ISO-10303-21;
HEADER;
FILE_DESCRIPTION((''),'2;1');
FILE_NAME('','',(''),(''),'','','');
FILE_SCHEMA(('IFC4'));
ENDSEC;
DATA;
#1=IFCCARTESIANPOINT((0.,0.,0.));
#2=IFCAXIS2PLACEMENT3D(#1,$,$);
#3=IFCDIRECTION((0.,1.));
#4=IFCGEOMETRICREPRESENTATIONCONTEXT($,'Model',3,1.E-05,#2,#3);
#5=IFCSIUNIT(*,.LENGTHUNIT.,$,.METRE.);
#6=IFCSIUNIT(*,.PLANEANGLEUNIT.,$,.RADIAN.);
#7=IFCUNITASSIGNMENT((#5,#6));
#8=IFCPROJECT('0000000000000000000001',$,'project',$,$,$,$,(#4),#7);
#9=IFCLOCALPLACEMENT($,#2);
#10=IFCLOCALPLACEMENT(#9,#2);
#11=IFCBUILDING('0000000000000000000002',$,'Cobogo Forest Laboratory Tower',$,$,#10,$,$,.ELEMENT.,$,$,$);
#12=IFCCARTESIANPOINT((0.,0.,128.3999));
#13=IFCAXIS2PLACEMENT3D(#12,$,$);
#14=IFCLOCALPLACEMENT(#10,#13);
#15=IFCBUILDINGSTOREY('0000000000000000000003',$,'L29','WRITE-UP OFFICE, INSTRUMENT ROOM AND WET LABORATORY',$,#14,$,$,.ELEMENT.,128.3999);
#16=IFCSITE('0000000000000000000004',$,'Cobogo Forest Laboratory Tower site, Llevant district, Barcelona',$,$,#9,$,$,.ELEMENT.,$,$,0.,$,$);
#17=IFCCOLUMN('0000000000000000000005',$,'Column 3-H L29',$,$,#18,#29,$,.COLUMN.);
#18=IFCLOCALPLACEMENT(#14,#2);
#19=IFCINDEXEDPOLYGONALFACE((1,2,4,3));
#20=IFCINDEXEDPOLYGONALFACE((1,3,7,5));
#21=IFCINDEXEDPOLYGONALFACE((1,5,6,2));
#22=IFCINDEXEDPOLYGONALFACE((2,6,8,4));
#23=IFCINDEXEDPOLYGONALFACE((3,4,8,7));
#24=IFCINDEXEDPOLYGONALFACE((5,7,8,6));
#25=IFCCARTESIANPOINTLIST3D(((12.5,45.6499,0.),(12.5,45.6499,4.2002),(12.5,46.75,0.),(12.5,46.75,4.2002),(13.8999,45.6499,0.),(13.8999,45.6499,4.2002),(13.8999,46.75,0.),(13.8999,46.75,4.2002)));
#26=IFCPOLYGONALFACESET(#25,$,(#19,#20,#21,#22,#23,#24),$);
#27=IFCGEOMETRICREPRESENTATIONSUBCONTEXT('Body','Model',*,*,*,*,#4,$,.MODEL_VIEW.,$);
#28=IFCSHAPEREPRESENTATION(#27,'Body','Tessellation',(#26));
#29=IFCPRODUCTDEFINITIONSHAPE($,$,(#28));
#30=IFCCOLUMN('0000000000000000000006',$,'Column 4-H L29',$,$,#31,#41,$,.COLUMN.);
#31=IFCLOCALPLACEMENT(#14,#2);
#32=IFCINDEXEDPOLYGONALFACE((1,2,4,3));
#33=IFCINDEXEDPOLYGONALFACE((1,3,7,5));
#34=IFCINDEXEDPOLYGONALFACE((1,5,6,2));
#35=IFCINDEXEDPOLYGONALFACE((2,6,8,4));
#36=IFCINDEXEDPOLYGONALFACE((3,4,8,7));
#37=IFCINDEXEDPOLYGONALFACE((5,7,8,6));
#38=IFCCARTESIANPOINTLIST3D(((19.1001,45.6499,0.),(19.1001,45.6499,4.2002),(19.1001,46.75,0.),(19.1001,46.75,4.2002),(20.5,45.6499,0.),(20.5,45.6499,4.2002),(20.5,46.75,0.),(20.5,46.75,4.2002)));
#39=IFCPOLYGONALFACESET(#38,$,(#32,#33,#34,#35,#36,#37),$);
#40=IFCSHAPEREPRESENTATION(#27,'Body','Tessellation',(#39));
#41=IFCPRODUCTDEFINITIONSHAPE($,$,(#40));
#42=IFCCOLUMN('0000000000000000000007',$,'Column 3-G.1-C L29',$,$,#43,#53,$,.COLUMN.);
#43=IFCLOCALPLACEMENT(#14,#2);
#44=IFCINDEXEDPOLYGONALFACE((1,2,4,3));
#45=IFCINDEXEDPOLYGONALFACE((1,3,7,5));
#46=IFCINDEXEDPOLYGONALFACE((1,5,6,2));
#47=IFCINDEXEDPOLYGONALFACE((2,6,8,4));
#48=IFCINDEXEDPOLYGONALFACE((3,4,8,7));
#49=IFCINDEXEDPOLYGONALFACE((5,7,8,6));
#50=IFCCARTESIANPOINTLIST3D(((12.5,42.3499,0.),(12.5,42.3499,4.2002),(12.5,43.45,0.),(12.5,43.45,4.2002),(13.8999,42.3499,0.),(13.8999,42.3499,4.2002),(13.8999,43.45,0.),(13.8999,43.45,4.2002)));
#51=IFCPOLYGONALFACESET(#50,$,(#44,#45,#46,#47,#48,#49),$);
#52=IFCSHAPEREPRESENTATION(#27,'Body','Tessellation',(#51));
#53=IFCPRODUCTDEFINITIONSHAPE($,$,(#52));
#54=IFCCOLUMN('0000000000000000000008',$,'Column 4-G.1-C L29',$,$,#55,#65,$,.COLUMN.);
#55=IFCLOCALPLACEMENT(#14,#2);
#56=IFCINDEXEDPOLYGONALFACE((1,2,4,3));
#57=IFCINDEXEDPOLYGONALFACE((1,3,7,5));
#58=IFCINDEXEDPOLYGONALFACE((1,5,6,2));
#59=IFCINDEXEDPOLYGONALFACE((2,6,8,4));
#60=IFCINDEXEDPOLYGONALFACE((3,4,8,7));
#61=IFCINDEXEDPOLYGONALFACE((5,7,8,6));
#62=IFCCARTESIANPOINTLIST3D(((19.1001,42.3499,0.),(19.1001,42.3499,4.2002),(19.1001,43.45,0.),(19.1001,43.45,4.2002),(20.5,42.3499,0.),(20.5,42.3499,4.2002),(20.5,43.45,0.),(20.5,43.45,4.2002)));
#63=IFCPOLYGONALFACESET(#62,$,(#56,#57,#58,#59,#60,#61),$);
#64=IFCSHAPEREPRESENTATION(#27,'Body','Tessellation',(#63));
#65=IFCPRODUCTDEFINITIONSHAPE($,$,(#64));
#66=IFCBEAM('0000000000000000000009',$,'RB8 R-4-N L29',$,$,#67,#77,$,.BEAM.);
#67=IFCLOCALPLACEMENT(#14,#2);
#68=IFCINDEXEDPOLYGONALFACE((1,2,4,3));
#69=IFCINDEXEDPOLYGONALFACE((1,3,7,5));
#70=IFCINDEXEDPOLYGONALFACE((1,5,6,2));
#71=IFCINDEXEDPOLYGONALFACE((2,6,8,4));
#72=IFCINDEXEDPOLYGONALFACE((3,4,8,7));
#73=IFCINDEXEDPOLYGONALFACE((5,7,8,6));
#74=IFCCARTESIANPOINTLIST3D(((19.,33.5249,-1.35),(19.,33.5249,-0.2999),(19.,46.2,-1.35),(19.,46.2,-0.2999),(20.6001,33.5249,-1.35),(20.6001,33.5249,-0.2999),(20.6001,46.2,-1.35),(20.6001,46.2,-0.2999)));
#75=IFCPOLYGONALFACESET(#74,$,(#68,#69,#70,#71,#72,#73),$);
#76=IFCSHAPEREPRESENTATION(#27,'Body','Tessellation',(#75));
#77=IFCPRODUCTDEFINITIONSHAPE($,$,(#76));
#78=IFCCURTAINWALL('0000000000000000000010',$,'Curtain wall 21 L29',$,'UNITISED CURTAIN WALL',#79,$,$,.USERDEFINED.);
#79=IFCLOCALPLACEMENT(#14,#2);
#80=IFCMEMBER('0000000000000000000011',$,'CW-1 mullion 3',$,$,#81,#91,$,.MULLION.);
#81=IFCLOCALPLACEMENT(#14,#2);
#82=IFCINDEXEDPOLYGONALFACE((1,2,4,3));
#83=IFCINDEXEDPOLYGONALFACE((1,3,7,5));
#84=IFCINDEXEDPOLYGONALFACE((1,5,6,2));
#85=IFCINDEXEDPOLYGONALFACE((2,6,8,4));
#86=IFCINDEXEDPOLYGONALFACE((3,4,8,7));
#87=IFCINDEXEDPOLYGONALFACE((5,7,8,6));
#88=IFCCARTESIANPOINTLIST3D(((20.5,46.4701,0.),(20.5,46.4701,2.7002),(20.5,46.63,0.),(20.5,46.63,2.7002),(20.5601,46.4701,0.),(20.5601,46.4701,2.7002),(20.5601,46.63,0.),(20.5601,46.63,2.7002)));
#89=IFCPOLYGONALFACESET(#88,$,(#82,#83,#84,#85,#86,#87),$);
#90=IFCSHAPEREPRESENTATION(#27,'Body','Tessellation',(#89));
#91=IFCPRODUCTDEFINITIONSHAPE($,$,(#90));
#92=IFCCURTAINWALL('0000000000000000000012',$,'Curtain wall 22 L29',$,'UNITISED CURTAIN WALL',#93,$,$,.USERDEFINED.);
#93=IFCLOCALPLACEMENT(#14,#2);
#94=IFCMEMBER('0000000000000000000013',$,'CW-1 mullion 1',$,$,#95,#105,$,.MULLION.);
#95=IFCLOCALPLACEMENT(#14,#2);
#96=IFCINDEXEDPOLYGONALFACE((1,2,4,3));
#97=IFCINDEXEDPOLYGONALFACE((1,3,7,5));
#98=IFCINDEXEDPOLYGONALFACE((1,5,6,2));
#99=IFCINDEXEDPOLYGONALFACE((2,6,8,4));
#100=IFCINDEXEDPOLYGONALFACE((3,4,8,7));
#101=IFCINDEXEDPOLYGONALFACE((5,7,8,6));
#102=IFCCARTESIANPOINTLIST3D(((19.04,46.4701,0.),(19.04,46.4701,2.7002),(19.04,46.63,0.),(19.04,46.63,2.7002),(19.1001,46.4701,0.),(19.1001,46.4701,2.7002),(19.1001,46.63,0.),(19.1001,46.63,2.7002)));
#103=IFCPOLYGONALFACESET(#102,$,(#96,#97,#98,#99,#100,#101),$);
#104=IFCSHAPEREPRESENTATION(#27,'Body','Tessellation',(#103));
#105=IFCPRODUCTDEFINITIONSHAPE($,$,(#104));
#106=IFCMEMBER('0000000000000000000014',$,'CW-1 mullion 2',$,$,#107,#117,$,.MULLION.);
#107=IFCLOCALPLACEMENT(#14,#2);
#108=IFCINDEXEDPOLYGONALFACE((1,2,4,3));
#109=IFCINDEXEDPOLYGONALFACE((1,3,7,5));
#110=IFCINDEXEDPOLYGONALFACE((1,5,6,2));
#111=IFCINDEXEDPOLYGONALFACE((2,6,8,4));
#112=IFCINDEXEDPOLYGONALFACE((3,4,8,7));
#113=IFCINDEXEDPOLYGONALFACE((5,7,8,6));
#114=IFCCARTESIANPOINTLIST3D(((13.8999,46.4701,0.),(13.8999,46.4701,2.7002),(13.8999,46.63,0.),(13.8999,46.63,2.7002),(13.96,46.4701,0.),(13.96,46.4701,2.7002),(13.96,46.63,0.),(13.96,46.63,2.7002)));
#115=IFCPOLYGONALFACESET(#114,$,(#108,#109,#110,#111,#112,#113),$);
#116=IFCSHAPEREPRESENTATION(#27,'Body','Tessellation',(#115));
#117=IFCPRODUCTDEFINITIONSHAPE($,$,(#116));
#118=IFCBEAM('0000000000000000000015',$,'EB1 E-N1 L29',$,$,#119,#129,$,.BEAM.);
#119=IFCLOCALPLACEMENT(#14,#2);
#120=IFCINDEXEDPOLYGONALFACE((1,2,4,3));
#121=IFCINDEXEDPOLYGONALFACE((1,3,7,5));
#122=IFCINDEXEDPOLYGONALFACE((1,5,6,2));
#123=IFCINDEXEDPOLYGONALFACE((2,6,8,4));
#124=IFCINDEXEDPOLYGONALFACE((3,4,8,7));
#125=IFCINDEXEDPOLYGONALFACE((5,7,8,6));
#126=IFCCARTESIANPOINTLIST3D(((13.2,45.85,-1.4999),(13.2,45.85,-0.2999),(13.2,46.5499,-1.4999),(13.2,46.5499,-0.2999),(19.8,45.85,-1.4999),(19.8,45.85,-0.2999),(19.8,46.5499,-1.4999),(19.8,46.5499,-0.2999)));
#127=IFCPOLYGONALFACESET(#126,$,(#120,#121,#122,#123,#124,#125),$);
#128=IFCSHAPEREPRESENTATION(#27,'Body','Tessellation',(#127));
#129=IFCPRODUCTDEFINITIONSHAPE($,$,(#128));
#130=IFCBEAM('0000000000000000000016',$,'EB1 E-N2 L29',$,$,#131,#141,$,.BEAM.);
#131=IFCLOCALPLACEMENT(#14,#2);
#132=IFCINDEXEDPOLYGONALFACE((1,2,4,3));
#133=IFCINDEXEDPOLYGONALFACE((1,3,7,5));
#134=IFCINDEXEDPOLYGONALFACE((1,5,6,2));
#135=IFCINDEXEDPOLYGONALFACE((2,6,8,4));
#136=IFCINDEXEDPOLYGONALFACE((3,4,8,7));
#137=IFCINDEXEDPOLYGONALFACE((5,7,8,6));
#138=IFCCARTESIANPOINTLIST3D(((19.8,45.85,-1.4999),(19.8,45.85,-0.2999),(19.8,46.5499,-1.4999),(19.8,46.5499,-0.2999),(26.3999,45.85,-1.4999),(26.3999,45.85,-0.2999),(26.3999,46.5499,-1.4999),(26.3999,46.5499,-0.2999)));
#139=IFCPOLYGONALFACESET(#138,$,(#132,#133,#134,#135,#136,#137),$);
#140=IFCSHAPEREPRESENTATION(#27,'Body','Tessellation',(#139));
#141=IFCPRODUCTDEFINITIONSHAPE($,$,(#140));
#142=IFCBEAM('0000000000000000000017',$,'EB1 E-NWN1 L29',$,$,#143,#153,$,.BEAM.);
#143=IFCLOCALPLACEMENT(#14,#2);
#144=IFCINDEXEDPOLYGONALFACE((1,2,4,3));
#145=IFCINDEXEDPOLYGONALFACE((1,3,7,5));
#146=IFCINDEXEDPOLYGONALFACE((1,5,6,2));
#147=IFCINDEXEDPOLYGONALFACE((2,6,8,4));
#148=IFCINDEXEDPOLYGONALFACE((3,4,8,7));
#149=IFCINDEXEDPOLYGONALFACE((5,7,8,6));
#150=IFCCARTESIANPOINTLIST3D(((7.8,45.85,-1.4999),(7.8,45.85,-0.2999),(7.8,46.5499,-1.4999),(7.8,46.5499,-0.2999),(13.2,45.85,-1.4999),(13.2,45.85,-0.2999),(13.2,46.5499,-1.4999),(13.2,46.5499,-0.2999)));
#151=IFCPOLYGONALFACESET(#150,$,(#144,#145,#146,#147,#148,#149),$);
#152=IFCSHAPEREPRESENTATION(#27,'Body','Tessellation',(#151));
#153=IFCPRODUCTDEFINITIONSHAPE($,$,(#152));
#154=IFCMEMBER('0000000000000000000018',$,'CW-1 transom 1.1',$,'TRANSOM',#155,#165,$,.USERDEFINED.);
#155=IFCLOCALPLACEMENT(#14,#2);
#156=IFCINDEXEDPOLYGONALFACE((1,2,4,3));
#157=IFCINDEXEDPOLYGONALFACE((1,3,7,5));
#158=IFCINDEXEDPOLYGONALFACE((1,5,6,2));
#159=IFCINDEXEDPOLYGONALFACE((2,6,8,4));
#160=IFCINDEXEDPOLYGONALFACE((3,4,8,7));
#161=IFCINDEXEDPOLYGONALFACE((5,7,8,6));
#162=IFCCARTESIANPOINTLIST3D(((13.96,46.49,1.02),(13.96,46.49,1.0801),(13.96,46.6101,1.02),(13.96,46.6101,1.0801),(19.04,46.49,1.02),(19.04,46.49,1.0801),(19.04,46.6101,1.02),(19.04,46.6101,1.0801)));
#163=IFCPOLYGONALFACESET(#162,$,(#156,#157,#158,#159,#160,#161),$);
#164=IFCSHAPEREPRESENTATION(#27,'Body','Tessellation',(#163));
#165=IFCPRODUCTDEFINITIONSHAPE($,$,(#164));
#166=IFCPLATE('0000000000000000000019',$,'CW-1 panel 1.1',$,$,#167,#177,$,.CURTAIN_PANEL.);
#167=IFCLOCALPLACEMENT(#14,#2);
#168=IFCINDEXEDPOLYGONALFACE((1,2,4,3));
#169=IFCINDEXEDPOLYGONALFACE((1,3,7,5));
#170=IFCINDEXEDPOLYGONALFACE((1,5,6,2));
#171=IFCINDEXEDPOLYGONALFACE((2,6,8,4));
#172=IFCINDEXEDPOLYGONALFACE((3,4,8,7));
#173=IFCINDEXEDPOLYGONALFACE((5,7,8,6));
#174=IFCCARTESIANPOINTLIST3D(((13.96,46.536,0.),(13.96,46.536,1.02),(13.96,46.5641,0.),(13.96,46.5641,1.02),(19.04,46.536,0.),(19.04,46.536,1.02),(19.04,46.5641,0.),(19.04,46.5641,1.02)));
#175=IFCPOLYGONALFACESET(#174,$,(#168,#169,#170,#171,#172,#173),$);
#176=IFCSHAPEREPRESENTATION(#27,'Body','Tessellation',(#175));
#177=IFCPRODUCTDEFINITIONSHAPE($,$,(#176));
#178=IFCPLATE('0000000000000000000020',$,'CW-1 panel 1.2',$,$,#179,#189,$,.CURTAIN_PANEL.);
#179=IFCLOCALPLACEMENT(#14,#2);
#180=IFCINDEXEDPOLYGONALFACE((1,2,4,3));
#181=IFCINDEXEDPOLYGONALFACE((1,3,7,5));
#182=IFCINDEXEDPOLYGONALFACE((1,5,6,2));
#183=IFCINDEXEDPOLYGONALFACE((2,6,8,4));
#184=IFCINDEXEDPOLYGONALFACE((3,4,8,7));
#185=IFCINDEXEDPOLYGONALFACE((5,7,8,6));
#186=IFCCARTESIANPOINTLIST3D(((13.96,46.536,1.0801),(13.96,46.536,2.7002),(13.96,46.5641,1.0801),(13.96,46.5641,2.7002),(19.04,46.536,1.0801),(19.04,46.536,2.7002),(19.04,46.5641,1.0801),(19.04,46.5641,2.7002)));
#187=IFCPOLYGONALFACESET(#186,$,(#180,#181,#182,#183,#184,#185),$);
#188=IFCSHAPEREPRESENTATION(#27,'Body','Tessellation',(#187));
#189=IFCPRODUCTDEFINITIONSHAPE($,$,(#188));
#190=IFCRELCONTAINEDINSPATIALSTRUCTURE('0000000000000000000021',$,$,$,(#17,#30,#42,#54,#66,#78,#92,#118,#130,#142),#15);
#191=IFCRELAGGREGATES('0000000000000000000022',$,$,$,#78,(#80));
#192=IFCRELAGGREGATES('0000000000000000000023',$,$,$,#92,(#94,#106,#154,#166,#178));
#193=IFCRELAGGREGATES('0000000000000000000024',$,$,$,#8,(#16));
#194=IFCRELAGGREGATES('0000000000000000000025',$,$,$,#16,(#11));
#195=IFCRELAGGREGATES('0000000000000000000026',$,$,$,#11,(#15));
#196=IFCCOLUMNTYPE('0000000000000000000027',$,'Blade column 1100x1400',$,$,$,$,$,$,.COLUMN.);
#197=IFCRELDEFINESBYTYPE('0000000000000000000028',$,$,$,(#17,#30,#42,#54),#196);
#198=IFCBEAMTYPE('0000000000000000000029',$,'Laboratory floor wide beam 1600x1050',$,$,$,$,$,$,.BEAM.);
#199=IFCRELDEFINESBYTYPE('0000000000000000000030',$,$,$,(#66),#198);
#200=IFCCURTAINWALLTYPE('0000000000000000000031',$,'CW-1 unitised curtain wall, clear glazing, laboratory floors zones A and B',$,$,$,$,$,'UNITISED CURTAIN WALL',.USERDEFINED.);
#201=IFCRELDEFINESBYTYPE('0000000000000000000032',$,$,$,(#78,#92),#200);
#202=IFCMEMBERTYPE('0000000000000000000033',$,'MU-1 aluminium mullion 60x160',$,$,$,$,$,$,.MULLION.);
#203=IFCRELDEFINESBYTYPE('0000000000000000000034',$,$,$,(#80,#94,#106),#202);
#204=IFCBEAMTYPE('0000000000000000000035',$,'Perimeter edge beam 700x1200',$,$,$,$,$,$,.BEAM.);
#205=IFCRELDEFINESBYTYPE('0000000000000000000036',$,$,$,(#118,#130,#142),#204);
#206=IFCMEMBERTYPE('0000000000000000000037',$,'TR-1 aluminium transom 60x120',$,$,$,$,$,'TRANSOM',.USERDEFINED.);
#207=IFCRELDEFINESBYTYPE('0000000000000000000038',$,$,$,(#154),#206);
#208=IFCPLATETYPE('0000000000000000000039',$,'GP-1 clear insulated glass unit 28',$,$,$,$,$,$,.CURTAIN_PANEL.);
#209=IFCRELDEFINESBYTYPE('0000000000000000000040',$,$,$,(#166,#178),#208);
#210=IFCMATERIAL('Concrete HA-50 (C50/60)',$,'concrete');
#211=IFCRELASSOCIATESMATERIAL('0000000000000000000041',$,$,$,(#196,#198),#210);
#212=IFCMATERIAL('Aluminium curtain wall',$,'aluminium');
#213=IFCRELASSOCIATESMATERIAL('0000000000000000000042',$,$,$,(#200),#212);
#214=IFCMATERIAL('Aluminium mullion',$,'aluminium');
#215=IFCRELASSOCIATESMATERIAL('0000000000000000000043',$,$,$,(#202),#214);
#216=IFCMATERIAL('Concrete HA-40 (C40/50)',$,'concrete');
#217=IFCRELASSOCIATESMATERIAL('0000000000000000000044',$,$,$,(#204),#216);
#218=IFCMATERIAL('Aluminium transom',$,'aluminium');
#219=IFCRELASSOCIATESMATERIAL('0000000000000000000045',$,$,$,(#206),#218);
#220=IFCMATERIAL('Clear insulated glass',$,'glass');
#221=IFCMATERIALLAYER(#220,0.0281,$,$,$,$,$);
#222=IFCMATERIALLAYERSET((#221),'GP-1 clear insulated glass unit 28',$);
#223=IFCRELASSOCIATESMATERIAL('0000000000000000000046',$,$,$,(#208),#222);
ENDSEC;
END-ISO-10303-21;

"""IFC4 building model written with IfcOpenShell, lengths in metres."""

from ifc_helpers import new_model, si_unit, direction, frame, origin, origin_2d, place, context, subcontext, project, spatial, rectangle, extrude, material, layer, layer_set, material_profile, profile_set, type_object, element, aggregate, save


model = new_model("IFC4")

# Units and contexts
model_context = context("Model", 3, precision=1e-05, world=origin(), true_north=direction((0.0, 1.0)))
body_context = subcontext(model_context, "Body", "Model", "MODEL_VIEW")
ifc_project = project(units=[si_unit("LENGTHUNIT", "METRE"), si_unit("PLANEANGLEUNIT", "RADIAN")], contexts=[model_context])

# Site, building, storey
site_placement = place(None, origin())
site = spatial("IfcSite", under=ifc_project, at=site_placement, Name="Cobogo Forest Laboratory Tower site, Llevant district, Barcelona", CompositionType="ELEMENT", RefElevation=0.0)
building_placement = place(site_placement, origin())
building = spatial("IfcBuilding", under=site, at=building_placement, Name="Cobogo Forest Laboratory Tower", CompositionType="ELEMENT")
storey_placement = place(building_placement, frame((0.0, 0.0, 128.3999)))
storey = spatial("IfcBuildingStorey", under=building, at=storey_placement, Name="L29", Description="WRITE-UP OFFICE, INSTRUMENT ROOM AND WET LABORATORY", CompositionType="ELEMENT", Elevation=128.3999)

# Columns
ifc_material_1 = material(Name="Concrete HA-50 (C50/60)", Category="concrete")
ifc_material_profile_1 = material_profile(ifc_material_1, rectangle(XDim=1.3999, YDim=1.1001, at=origin_2d()), Name="RC 1100x1400")
ifc_profile_set_1 = profile_set([ifc_material_profile_1], Name="Concrete HA-50 (C50/60)")
column_type = type_object("IfcColumnType", Name="Blade column 1100x1400", PredefinedType="COLUMN", material=ifc_profile_set_1)
for number, where, z_axis, x_axis, name in (
    (1, (13.2, 46.2, 0.0), (0.0, 0.0, 1.0), (1.0, 0.0, 0.0), "Column 3-H L29"),
    (2, (19.8, 46.2, 0.0), (0.0, 0.0, 1.0), (1.0, 0.0, 0.0), "Column 4-H L29"),
    (3, (13.2, 42.8999, 0.0), (0.0, 0.0, 1.0), (1.0, 0.0, 0.0), "Column 3-G.1-C L29"),
    (4, (19.8, 42.8999, 0.0), (0.0, 0.0, 1.0), (1.0, 0.0, 0.0), "Column 4-G.1-C L29"),
):
    element("IfcColumn", number, at=place(storey_placement, frame(where, z_axis=z_axis, x_axis=x_axis)), inside=storey, type_object=column_type, Name=name, PredefinedType="COLUMN", context=body_context, shape_type="SweptSolid", body=[
        extrude(rectangle(XDim=1.3999, YDim=1.1001, at=origin_2d()), origin(), (0.0, 0.0, 1.0), 4.2002),
    ])

# Beam
ifc_material_profile_2 = material_profile(ifc_material_1, rectangle(XDim=1.6001, YDim=1.05, at=origin_2d()), Name="RC 1600x1050")
ifc_profile_set_2 = profile_set([ifc_material_profile_2], Name="Concrete HA-50 (C50/60)")
beam_type_1 = type_object("IfcBeamType", Name="Laboratory floor wide beam 1600x1050", PredefinedType="BEAM", material=ifc_profile_set_2)
beam_1_placement = place(storey_placement, frame((19.8, 33.5249, -0.825), z_axis=(0.0, 1.0, 0.0), x_axis=(-1.0, 0.0, 0.0)))
element("IfcBeam", 5, at=beam_1_placement, inside=storey, type_object=beam_type_1, Name="RB8 R-4-N L29", PredefinedType="BEAM", context=body_context, shape_type="SweptSolid", body=[
    extrude(rectangle(XDim=1.6001, YDim=1.05, at=origin_2d()), origin(), (0.0, 0.0, 1.0), 12.675),
])

# Curtain wall, member
ifc_material_2 = material(Name="Aluminium curtain wall", Category="aluminium")
curtain_wall_type = type_object("IfcCurtainWallType", Name="CW-1 unitised curtain wall, clear glazing, laboratory floors zones A and B", ElementType="UNITISED CURTAIN WALL", PredefinedType="USERDEFINED", material=ifc_material_2)
curtain_wall_1_placement = place(storey_placement, origin())
curtain_wall_1 = element("IfcCurtainWall", 6, at=curtain_wall_1_placement, inside=storey, type_object=curtain_wall_type, Name="Curtain wall 21 L29", ObjectType="UNITISED CURTAIN WALL", PredefinedType="USERDEFINED")
ifc_material_3 = material(Name="Aluminium mullion", Category="aluminium")
ifc_material_profile_3 = material_profile(ifc_material_3, rectangle(XDim=0.0601, YDim=0.1599, at=origin_2d()), Name="AL 60x160")
ifc_profile_set_3 = profile_set([ifc_material_profile_3], Name="Aluminium mullion")
member_type_1 = type_object("IfcMemberType", Name="MU-1 aluminium mullion 60x160", PredefinedType="MULLION", material=ifc_profile_set_3)
member_1_placement = place(storey_placement, frame((20.53, 46.55, 0.0), z_axis=(0.0, 0.0, 1.0), x_axis=(-1.0, 0.0, 0.0)))
member_1 = element("IfcMember", 7, at=member_1_placement, type_object=member_type_1, Name="CW-1 mullion 3", PredefinedType="MULLION", context=body_context, shape_type="SweptSolid", body=[
    extrude(rectangle(XDim=0.0601, YDim=0.1599, at=origin_2d()), origin(), (0.0, 0.0, 1.0), 2.7002),
])
aggregate(curtain_wall_1, [member_1])

# Curtain wall, members
curtain_wall_2_placement = place(storey_placement, origin())
curtain_wall_2 = element("IfcCurtainWall", 8, at=curtain_wall_2_placement, inside=storey, type_object=curtain_wall_type, Name="Curtain wall 22 L29", ObjectType="UNITISED CURTAIN WALL", PredefinedType="USERDEFINED")
member_2_placement = place(storey_placement, frame((19.0701, 46.55, 0.0), z_axis=(0.0, 0.0, 1.0), x_axis=(-1.0, 0.0, 0.0)))
member_2 = element("IfcMember", 9, at=member_2_placement, type_object=member_type_1, Name="CW-1 mullion 1", PredefinedType="MULLION", context=body_context, shape_type="SweptSolid", body=[
    extrude(rectangle(XDim=0.0601, YDim=0.1599, at=origin_2d()), origin(), (0.0, 0.0, 1.0), 2.7002),
])
member_3_placement = place(storey_placement, frame((13.9299, 46.55, 0.0), z_axis=(0.0, 0.0, 1.0), x_axis=(-1.0, 0.0, 0.0)))
member_3 = element("IfcMember", 10, at=member_3_placement, type_object=member_type_1, Name="CW-1 mullion 2", PredefinedType="MULLION", context=body_context, shape_type="SweptSolid", body=[
    extrude(rectangle(XDim=0.0601, YDim=0.1599, at=origin_2d()), origin(), (0.0, 0.0, 1.0), 2.7002),
])

# Beams
ifc_material_4 = material(Name="Concrete HA-40 (C40/50)", Category="concrete")
ifc_material_profile_4 = material_profile(ifc_material_4, rectangle(XDim=0.7, YDim=1.2, at=origin_2d()), Name="RC 700x1200")
ifc_profile_set_4 = profile_set([ifc_material_profile_4], Name="Concrete HA-40 (C40/50)")
beam_type_2 = type_object("IfcBeamType", Name="Perimeter edge beam 700x1200", PredefinedType="BEAM", material=ifc_profile_set_4)
beam_2_placement = place(storey_placement, frame((13.2, 46.2, -0.8999), z_axis=(1.0, 0.0, 0.0), x_axis=(0.0, 1.0, 0.0)))
element("IfcBeam", 11, at=beam_2_placement, inside=storey, type_object=beam_type_2, Name="EB1 E-N1 L29", PredefinedType="BEAM", context=body_context, shape_type="SweptSolid", body=[
    extrude(rectangle(XDim=0.7, YDim=1.2, at=origin_2d()), origin(), (0.0, 0.0, 1.0), 6.6001),
])
beam_3_placement = place(storey_placement, frame((19.8, 46.2, -0.8999), z_axis=(1.0, 0.0, 0.0), x_axis=(0.0, 1.0, 0.0)))
element("IfcBeam", 12, at=beam_3_placement, inside=storey, type_object=beam_type_2, Name="EB1 E-N2 L29", PredefinedType="BEAM", context=body_context, shape_type="SweptSolid", body=[
    extrude(rectangle(XDim=0.7, YDim=1.2, at=origin_2d()), origin(), (0.0, 0.0, 1.0), 6.5999),
])
beam_4_placement = place(storey_placement, frame((13.2, 46.2, -0.8999), z_axis=(-1.0, 0.0, 0.0), x_axis=(0.0, -1.0, 0.0)))
element("IfcBeam", 13, at=beam_4_placement, inside=storey, type_object=beam_type_2, Name="EB1 E-NWN1 L29", PredefinedType="BEAM", context=body_context, shape_type="SweptSolid", body=[
    extrude(rectangle(XDim=0.7, YDim=1.2, at=origin_2d()), origin(), (0.0, 0.0, 1.0), 5.3999),
])

# Member
ifc_material_5 = material(Name="Aluminium transom", Category="aluminium")
ifc_material_profile_5 = material_profile(ifc_material_5, rectangle(XDim=0.1201, YDim=0.0601, at=origin_2d()), Name="AL 60x120")
ifc_profile_set_5 = profile_set([ifc_material_profile_5], Name="Aluminium transom")
member_type_2 = type_object("IfcMemberType", Name="TR-1 aluminium transom 60x120", ElementType="TRANSOM", PredefinedType="USERDEFINED", material=ifc_profile_set_5)
member_4_placement = place(storey_placement, frame((19.04, 46.55, 1.05), z_axis=(-1.0, 0.0, 0.0), x_axis=(0.0, -1.0, 0.0)))
member_4 = element("IfcMember", 14, at=member_4_placement, type_object=member_type_2, Name="CW-1 transom 1.1", ObjectType="TRANSOM", PredefinedType="USERDEFINED", context=body_context, shape_type="SweptSolid", body=[
    extrude(rectangle(XDim=0.1201, YDim=0.0601, at=origin_2d()), origin(), (0.0, 0.0, 1.0), 5.0801),
])

# Plates
ifc_material_6 = material(Name="Clear insulated glass", Category="glass")
ifc_layer_1 = layer(ifc_material_6, 0.0281)
ifc_layer_set_1 = layer_set([ifc_layer_1], Name="GP-1 clear insulated glass unit 28")
plate_type_1 = type_object("IfcPlateType", Name="GP-1 clear insulated glass unit 28", PredefinedType="CURTAIN_PANEL", material=ifc_layer_set_1)
plate_1_placement = place(storey_placement, frame((16.5, 46.55, 0.0), z_axis=(0.0, 0.0, 1.0), x_axis=(-1.0, 0.0, 0.0)))
plate_1 = element("IfcPlate", 15, at=plate_1_placement, type_object=plate_type_1, Name="CW-1 panel 1.1", PredefinedType="CURTAIN_PANEL", context=body_context, shape_type="SweptSolid", body=[
    extrude(rectangle(XDim=5.0801, YDim=0.0281, at=origin_2d()), origin(), (0.0, 0.0, 1.0), 1.02),
])
plate_2_placement = place(storey_placement, frame((16.5, 46.55, 1.0801), z_axis=(0.0, 0.0, 1.0), x_axis=(-1.0, 0.0, 0.0)))
plate_2 = element("IfcPlate", 16, at=plate_2_placement, type_object=plate_type_1, Name="CW-1 panel 1.2", PredefinedType="CURTAIN_PANEL", context=body_context, shape_type="SweptSolid", body=[
    extrude(rectangle(XDim=5.0801, YDim=0.0281, at=origin_2d()), origin(), (0.0, 0.0, 1.0), 1.6201),
])
aggregate(curtain_wall_2, [member_2, member_3, member_4, plate_1, plate_2])

save(model, "model.ifc")
